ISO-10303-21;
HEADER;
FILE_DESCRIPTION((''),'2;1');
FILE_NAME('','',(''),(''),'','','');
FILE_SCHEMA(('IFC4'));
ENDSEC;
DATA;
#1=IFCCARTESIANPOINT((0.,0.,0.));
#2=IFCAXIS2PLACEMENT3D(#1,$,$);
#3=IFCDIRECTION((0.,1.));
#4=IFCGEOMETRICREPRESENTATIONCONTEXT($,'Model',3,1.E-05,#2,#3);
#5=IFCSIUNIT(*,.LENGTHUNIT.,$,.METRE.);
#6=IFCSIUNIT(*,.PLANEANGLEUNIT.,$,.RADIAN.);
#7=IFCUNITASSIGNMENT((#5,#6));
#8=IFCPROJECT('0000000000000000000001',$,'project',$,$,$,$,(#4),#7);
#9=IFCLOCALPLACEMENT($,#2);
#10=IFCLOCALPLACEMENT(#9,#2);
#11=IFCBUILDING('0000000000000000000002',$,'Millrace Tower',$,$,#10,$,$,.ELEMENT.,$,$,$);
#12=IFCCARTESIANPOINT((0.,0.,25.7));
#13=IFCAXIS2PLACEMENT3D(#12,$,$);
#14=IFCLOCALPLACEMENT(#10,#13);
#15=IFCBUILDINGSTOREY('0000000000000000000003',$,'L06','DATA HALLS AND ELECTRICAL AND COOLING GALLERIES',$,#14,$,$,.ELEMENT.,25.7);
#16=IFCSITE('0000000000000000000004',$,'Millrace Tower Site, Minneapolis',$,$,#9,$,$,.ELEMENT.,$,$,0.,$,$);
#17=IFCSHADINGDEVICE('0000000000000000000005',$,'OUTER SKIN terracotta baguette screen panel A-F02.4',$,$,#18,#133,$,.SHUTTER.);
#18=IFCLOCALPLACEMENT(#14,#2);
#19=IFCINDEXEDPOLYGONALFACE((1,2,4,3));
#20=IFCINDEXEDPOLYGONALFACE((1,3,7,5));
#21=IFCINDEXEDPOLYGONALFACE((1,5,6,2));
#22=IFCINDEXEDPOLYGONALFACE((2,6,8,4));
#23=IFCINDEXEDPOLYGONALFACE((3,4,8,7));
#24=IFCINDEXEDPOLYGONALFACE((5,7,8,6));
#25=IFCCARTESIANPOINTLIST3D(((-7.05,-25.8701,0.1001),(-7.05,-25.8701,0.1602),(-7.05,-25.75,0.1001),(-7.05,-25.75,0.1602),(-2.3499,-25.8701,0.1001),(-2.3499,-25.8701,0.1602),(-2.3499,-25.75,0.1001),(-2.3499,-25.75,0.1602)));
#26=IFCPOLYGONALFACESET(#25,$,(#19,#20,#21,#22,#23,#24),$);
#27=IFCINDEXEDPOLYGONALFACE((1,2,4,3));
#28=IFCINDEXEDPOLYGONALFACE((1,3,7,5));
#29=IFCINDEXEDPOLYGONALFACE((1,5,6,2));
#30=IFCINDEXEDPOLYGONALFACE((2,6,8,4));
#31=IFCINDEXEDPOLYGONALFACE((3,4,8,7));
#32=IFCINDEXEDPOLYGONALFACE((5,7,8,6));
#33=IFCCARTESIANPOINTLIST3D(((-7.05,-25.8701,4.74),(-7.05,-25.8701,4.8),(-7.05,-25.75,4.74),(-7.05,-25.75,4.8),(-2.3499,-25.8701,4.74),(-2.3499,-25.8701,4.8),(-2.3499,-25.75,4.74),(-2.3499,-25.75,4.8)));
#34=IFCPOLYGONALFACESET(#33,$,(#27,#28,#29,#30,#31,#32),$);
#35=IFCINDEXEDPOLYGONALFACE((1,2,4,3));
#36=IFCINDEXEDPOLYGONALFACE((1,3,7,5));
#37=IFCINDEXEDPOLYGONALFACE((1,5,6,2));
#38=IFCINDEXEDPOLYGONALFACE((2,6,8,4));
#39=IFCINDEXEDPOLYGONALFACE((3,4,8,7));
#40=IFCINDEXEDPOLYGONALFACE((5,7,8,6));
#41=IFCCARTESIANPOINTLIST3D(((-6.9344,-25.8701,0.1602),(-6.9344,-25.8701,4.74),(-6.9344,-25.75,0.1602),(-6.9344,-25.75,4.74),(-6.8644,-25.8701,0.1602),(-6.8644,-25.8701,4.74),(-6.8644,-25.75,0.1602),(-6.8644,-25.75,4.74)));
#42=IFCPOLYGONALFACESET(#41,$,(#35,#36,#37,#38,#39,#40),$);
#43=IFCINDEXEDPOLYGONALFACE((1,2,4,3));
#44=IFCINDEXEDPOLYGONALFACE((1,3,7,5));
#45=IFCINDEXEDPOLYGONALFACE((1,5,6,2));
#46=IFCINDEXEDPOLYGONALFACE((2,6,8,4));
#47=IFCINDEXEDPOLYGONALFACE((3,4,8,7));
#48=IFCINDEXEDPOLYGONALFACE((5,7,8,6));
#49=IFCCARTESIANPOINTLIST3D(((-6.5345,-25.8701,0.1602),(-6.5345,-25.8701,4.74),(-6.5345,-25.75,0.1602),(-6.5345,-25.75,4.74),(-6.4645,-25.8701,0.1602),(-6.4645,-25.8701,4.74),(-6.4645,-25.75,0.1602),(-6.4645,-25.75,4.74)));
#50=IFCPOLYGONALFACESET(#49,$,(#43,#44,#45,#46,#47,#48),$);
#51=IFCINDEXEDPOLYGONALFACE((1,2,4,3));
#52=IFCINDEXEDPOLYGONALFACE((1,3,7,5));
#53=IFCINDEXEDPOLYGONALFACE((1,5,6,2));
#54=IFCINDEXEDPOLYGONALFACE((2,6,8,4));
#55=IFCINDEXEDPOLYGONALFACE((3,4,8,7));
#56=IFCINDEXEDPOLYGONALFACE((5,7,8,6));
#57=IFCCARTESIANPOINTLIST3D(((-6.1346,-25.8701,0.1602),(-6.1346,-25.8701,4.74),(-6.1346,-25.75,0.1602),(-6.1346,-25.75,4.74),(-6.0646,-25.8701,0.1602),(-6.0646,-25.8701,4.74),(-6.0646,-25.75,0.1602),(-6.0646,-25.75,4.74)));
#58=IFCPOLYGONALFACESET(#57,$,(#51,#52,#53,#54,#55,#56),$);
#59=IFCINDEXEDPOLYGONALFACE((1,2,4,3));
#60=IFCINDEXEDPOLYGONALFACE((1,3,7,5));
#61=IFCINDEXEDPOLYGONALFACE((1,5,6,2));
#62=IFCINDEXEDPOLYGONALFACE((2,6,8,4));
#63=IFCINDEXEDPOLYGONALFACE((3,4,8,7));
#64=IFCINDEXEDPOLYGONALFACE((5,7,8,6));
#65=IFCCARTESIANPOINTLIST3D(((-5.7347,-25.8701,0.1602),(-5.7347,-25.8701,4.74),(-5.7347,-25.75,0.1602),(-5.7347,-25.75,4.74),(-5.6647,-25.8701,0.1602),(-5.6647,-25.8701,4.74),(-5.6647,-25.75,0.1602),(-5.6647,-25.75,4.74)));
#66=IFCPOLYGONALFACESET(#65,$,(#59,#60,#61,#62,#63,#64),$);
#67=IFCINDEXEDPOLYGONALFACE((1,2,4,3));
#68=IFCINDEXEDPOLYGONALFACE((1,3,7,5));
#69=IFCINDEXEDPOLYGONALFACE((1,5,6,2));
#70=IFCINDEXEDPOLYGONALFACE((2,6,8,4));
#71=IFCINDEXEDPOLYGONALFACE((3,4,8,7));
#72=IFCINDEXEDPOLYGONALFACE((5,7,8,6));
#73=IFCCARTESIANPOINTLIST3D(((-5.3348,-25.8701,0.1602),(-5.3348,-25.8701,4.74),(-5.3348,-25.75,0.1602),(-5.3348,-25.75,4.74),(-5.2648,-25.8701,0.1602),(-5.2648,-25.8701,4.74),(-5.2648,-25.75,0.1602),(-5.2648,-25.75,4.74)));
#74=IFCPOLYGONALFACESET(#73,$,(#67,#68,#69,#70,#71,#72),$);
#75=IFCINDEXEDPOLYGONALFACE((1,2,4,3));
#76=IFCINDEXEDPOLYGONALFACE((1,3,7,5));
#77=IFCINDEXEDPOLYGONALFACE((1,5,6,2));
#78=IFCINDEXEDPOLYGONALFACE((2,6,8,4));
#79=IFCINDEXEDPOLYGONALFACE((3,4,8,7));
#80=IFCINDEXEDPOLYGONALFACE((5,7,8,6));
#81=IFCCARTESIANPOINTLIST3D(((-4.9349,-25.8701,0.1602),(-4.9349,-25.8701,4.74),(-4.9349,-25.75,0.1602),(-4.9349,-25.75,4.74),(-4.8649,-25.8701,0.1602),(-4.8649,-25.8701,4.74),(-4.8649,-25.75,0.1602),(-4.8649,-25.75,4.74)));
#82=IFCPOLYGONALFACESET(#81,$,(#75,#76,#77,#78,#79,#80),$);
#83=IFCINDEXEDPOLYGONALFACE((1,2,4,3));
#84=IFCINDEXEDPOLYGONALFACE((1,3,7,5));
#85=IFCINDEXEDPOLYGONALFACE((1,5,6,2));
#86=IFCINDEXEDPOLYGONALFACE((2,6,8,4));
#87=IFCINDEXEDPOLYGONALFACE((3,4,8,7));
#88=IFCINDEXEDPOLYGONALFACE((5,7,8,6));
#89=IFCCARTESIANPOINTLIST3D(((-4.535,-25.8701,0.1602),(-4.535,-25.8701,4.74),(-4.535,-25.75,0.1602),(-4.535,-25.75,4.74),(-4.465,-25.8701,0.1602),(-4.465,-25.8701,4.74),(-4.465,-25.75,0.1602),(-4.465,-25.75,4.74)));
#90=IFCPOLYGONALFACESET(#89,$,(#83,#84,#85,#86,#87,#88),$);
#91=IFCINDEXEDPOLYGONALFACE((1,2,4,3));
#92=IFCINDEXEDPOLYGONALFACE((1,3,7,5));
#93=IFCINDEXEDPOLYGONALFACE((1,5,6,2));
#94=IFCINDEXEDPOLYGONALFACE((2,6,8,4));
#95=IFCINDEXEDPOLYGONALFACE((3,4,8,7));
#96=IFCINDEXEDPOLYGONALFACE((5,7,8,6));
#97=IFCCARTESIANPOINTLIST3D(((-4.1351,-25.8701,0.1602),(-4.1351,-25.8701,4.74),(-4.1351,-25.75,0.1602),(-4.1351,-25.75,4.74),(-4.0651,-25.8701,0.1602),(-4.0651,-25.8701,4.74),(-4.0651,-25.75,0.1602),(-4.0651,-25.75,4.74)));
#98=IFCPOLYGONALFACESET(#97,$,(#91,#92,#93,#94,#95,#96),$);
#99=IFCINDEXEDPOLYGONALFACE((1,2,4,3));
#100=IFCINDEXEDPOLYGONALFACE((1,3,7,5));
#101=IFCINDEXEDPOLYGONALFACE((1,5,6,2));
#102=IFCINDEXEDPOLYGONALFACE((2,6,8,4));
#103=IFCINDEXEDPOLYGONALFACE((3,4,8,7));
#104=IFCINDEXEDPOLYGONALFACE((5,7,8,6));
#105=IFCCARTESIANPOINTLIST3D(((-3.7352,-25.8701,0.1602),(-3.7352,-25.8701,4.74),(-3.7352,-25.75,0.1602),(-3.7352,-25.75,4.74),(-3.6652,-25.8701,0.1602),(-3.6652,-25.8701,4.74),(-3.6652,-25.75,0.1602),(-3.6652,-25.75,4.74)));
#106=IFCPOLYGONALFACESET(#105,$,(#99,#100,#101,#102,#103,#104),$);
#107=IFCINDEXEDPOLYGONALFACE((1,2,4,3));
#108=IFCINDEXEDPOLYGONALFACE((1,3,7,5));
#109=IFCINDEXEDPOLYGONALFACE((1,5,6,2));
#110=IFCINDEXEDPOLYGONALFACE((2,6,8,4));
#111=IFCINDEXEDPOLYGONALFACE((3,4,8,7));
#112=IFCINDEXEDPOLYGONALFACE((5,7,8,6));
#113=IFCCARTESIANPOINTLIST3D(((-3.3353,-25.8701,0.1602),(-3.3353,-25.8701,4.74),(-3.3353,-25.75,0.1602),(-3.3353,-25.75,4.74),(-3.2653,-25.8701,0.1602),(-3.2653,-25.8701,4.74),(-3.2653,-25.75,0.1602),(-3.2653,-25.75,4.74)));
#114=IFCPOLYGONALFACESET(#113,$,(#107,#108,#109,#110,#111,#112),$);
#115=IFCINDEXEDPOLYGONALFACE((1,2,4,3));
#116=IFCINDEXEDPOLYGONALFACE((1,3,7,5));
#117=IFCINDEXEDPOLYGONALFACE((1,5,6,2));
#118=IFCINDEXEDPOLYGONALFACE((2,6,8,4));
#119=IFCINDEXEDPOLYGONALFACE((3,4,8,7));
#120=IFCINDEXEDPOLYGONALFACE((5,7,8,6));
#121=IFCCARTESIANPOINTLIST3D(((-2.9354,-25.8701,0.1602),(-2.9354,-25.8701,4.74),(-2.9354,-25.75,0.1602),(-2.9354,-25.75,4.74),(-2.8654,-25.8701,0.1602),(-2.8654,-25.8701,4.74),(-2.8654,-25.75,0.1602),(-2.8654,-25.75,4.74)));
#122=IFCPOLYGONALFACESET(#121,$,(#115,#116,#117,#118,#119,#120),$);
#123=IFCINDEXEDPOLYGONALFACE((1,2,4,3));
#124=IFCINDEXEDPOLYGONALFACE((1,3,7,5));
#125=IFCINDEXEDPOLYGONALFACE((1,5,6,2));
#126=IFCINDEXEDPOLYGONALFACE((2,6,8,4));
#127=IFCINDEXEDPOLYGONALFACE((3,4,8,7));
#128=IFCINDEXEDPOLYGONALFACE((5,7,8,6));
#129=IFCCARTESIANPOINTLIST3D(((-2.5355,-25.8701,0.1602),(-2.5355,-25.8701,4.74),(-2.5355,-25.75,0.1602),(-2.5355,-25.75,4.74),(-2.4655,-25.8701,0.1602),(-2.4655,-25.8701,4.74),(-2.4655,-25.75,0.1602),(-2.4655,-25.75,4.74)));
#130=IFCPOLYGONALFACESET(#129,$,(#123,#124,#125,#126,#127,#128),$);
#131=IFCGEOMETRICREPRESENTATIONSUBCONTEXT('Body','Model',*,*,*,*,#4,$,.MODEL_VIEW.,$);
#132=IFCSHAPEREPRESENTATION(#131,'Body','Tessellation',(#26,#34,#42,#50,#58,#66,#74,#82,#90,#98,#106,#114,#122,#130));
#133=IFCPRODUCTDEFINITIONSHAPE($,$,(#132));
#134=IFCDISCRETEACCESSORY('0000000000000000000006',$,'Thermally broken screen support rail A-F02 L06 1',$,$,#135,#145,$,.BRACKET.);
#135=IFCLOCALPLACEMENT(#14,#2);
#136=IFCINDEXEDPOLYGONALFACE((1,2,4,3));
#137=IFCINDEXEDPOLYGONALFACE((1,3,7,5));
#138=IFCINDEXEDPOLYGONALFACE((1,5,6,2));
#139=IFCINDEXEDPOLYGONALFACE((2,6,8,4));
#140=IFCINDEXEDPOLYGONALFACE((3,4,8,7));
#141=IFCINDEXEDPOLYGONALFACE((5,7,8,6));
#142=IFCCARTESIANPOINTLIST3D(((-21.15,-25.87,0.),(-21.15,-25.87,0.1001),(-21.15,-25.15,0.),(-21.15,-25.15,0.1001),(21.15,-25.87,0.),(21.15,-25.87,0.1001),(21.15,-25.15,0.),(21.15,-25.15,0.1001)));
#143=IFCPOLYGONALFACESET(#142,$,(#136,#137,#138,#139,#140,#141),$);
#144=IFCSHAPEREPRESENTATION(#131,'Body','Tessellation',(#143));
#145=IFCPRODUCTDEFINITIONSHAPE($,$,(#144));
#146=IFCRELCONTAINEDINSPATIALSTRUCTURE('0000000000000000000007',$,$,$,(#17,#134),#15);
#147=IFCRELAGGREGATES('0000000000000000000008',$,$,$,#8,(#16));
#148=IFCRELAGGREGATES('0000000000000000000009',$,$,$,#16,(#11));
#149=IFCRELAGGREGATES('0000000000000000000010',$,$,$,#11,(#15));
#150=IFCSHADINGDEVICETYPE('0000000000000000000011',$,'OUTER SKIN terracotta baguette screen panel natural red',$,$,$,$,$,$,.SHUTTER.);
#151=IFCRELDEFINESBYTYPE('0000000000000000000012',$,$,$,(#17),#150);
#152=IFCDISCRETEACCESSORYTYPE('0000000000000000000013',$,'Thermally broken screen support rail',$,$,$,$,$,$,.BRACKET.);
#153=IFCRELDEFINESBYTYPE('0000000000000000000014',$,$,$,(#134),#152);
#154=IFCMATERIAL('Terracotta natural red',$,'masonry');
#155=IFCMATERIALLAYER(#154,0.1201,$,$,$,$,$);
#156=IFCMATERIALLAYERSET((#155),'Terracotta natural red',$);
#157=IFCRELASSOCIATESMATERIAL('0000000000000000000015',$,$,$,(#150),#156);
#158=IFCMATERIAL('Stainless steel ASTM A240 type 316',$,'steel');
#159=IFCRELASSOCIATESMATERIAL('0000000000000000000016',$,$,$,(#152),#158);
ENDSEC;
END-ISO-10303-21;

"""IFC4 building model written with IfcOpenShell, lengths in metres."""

from ifc_helpers import new_model, entity, si_unit, direction, frame, frame_2d, origin, origin_2d, place, context, subcontext, project, spatial, rectangle, extrude, source, transform, mapped, material, layer, layer_set, type_object, element, save


model = new_model("IFC4")

# Units and contexts
model_context = context("Model", 3, precision=1e-05, world=origin(), true_north=direction((0.0, 1.0)))
body_context = subcontext(model_context, "Body", "Model", "MODEL_VIEW")
ifc_project = project(units=[si_unit("LENGTHUNIT", "METRE"), si_unit("PLANEANGLEUNIT", "RADIAN")], contexts=[model_context])

# Site, building, storey
site_placement = place(None, origin())
site = spatial("IfcSite", under=ifc_project, at=site_placement, Name="Millrace Tower Site, Minneapolis", CompositionType="ELEMENT", RefElevation=0.0)
building_placement = place(site_placement, origin())
building = spatial("IfcBuilding", under=site, at=building_placement, Name="Millrace Tower", CompositionType="ELEMENT")
storey_placement = place(building_placement, frame((0.0, 0.0, 25.7)))
storey = spatial("IfcBuildingStorey", under=building, at=storey_placement, Name="L06", Description="DATA HALLS AND ELECTRICAL AND COOLING GALLERIES", CompositionType="ELEMENT", Elevation=25.7)

# Shading device
cartesian_point = entity("IfcCartesianPoint", [-2.3501, 0.0601])
shared_polyline = entity("IfcPolyline", [cartesian_point, entity("IfcCartesianPoint", [2.3501, 0.0601]), entity("IfcCartesianPoint", [2.3501, -0.0601]), entity("IfcCartesianPoint", [-2.3501, -0.0601]), cartesian_point])
ifc_material_1 = material(Name="Terracotta natural red", Category="masonry")
ifc_layer_1 = layer(ifc_material_1, 0.1201)
ifc_layer_set_1 = layer_set([ifc_layer_1], Name="Terracotta natural red")
shading_device_type_1 = type_object("IfcShadingDeviceType", Name="OUTER SKIN terracotta baguette screen panel natural red", PredefinedType="SHUTTER", material=ifc_layer_set_1)
shared_shape_1 = source(origin(), body_context, "Body", "SweptSolid", [
    entity("IfcExtrudedAreaSolid", entity("IfcArbitraryClosedProfileDef", "AREA", None, shared_polyline), entity("IfcAxis2Placement3D", entity("IfcCartesianPoint", [0.0, 0.0, 0.0])), entity("IfcDirection", [0.0, 0.0, 1.0]), 0.0601),
    entity("IfcExtrudedAreaSolid", entity("IfcArbitraryClosedProfileDef", "AREA", None, shared_polyline), entity("IfcAxis2Placement3D", entity("IfcCartesianPoint", [0.0, 0.0, 4.6399])), entity("IfcDirection", [0.0, 0.0, 1.0]), 0.0601),
    extrude(rectangle(XDim=0.0701, YDim=0.1201, at=frame_2d((-2.1995, 0.0))), frame((0.0, 0.0, 0.0601)), (0.0, 0.0, 1.0), 4.5798),
    extrude(rectangle(XDim=0.0701, YDim=0.1201, at=frame_2d((-1.7996, 0.0))), frame((0.0, 0.0, 0.0601)), (0.0, 0.0, 1.0), 4.5798),
    extrude(rectangle(XDim=0.0701, YDim=0.1201, at=frame_2d((-1.3997, 0.0))), frame((0.0, 0.0, 0.0601)), (0.0, 0.0, 1.0), 4.5798),
    extrude(rectangle(XDim=0.0701, YDim=0.1201, at=frame_2d((-0.9998, 0.0))), frame((0.0, 0.0, 0.0601)), (0.0, 0.0, 1.0), 4.5798),
    extrude(rectangle(XDim=0.0701, YDim=0.1201, at=frame_2d((-0.5999, 0.0))), frame((0.0, 0.0, 0.0601)), (0.0, 0.0, 1.0), 4.5798),
    extrude(rectangle(XDim=0.0701, YDim=0.1201, at=frame_2d((-0.2, 0.0))), frame((0.0, 0.0, 0.0601)), (0.0, 0.0, 1.0), 4.5798),
    extrude(rectangle(XDim=0.0701, YDim=0.1201, at=frame_2d((0.2, 0.0))), frame((0.0, 0.0, 0.0601)), (0.0, 0.0, 1.0), 4.5798),
    extrude(rectangle(XDim=0.0701, YDim=0.1201, at=frame_2d((0.5999, 0.0))), frame((0.0, 0.0, 0.0601)), (0.0, 0.0, 1.0), 4.5798),
    extrude(rectangle(XDim=0.0701, YDim=0.1201, at=frame_2d((0.9998, 0.0))), frame((0.0, 0.0, 0.0601)), (0.0, 0.0, 1.0), 4.5798),
    extrude(rectangle(XDim=0.0701, YDim=0.1201, at=frame_2d((1.3997, 0.0))), frame((0.0, 0.0, 0.0601)), (0.0, 0.0, 1.0), 4.5798),
    extrude(rectangle(XDim=0.0701, YDim=0.1201, at=frame_2d((1.7996, 0.0))), frame((0.0, 0.0, 0.0601)), (0.0, 0.0, 1.0), 4.5798),
    extrude(rectangle(XDim=0.0701, YDim=0.1201, at=frame_2d((2.1995, 0.0))), frame((0.0, 0.0, 0.0601)), (0.0, 0.0, 1.0), 4.5798),
])
for number, where, z_axis, x_axis, name in (
    (1, (-4.7, -25.8101, 0.1001), (0.0, 0.0, 1.0), (1.0, 0.0, 0.0), "OUTER SKIN terracotta baguette screen panel A-F02.4"),
):
    element("IfcShadingDevice", number, at=place(storey_placement, frame(where, z_axis=z_axis, x_axis=x_axis)), inside=storey, type_object=shading_device_type_1, Name=name, PredefinedType="SHUTTER", context=body_context, shape_type="MappedRepresentation", body=[
        mapped(shared_shape_1, transform((0.0, 0.0, 0.0), scale=1.0)),
    ])

# Discrete accessory
ifc_material_2 = material(Name="Stainless steel ASTM A240 type 316", Category="steel")
discrete_accessory_type = type_object("IfcDiscreteAccessoryType", Name="Thermally broken screen support rail", PredefinedType="BRACKET", material=ifc_material_2)
discrete_accessory_placement = place(storey_placement, frame((0.0, -25.51, 0.0), z_axis=(0.0, 0.0, 1.0), x_axis=(1.0, 0.0, 0.0)))
element("IfcDiscreteAccessory", 2, at=discrete_accessory_placement, inside=storey, type_object=discrete_accessory_type, Name="Thermally broken screen support rail A-F02 L06 1", PredefinedType="BRACKET", context=body_context, shape_type="SweptSolid", body=[
    extrude(rectangle(XDim=42.3, YDim=0.72, at=origin_2d()), origin(), (0.0, 0.0, 1.0), 0.1001),
])

save(model, "model.ifc")
